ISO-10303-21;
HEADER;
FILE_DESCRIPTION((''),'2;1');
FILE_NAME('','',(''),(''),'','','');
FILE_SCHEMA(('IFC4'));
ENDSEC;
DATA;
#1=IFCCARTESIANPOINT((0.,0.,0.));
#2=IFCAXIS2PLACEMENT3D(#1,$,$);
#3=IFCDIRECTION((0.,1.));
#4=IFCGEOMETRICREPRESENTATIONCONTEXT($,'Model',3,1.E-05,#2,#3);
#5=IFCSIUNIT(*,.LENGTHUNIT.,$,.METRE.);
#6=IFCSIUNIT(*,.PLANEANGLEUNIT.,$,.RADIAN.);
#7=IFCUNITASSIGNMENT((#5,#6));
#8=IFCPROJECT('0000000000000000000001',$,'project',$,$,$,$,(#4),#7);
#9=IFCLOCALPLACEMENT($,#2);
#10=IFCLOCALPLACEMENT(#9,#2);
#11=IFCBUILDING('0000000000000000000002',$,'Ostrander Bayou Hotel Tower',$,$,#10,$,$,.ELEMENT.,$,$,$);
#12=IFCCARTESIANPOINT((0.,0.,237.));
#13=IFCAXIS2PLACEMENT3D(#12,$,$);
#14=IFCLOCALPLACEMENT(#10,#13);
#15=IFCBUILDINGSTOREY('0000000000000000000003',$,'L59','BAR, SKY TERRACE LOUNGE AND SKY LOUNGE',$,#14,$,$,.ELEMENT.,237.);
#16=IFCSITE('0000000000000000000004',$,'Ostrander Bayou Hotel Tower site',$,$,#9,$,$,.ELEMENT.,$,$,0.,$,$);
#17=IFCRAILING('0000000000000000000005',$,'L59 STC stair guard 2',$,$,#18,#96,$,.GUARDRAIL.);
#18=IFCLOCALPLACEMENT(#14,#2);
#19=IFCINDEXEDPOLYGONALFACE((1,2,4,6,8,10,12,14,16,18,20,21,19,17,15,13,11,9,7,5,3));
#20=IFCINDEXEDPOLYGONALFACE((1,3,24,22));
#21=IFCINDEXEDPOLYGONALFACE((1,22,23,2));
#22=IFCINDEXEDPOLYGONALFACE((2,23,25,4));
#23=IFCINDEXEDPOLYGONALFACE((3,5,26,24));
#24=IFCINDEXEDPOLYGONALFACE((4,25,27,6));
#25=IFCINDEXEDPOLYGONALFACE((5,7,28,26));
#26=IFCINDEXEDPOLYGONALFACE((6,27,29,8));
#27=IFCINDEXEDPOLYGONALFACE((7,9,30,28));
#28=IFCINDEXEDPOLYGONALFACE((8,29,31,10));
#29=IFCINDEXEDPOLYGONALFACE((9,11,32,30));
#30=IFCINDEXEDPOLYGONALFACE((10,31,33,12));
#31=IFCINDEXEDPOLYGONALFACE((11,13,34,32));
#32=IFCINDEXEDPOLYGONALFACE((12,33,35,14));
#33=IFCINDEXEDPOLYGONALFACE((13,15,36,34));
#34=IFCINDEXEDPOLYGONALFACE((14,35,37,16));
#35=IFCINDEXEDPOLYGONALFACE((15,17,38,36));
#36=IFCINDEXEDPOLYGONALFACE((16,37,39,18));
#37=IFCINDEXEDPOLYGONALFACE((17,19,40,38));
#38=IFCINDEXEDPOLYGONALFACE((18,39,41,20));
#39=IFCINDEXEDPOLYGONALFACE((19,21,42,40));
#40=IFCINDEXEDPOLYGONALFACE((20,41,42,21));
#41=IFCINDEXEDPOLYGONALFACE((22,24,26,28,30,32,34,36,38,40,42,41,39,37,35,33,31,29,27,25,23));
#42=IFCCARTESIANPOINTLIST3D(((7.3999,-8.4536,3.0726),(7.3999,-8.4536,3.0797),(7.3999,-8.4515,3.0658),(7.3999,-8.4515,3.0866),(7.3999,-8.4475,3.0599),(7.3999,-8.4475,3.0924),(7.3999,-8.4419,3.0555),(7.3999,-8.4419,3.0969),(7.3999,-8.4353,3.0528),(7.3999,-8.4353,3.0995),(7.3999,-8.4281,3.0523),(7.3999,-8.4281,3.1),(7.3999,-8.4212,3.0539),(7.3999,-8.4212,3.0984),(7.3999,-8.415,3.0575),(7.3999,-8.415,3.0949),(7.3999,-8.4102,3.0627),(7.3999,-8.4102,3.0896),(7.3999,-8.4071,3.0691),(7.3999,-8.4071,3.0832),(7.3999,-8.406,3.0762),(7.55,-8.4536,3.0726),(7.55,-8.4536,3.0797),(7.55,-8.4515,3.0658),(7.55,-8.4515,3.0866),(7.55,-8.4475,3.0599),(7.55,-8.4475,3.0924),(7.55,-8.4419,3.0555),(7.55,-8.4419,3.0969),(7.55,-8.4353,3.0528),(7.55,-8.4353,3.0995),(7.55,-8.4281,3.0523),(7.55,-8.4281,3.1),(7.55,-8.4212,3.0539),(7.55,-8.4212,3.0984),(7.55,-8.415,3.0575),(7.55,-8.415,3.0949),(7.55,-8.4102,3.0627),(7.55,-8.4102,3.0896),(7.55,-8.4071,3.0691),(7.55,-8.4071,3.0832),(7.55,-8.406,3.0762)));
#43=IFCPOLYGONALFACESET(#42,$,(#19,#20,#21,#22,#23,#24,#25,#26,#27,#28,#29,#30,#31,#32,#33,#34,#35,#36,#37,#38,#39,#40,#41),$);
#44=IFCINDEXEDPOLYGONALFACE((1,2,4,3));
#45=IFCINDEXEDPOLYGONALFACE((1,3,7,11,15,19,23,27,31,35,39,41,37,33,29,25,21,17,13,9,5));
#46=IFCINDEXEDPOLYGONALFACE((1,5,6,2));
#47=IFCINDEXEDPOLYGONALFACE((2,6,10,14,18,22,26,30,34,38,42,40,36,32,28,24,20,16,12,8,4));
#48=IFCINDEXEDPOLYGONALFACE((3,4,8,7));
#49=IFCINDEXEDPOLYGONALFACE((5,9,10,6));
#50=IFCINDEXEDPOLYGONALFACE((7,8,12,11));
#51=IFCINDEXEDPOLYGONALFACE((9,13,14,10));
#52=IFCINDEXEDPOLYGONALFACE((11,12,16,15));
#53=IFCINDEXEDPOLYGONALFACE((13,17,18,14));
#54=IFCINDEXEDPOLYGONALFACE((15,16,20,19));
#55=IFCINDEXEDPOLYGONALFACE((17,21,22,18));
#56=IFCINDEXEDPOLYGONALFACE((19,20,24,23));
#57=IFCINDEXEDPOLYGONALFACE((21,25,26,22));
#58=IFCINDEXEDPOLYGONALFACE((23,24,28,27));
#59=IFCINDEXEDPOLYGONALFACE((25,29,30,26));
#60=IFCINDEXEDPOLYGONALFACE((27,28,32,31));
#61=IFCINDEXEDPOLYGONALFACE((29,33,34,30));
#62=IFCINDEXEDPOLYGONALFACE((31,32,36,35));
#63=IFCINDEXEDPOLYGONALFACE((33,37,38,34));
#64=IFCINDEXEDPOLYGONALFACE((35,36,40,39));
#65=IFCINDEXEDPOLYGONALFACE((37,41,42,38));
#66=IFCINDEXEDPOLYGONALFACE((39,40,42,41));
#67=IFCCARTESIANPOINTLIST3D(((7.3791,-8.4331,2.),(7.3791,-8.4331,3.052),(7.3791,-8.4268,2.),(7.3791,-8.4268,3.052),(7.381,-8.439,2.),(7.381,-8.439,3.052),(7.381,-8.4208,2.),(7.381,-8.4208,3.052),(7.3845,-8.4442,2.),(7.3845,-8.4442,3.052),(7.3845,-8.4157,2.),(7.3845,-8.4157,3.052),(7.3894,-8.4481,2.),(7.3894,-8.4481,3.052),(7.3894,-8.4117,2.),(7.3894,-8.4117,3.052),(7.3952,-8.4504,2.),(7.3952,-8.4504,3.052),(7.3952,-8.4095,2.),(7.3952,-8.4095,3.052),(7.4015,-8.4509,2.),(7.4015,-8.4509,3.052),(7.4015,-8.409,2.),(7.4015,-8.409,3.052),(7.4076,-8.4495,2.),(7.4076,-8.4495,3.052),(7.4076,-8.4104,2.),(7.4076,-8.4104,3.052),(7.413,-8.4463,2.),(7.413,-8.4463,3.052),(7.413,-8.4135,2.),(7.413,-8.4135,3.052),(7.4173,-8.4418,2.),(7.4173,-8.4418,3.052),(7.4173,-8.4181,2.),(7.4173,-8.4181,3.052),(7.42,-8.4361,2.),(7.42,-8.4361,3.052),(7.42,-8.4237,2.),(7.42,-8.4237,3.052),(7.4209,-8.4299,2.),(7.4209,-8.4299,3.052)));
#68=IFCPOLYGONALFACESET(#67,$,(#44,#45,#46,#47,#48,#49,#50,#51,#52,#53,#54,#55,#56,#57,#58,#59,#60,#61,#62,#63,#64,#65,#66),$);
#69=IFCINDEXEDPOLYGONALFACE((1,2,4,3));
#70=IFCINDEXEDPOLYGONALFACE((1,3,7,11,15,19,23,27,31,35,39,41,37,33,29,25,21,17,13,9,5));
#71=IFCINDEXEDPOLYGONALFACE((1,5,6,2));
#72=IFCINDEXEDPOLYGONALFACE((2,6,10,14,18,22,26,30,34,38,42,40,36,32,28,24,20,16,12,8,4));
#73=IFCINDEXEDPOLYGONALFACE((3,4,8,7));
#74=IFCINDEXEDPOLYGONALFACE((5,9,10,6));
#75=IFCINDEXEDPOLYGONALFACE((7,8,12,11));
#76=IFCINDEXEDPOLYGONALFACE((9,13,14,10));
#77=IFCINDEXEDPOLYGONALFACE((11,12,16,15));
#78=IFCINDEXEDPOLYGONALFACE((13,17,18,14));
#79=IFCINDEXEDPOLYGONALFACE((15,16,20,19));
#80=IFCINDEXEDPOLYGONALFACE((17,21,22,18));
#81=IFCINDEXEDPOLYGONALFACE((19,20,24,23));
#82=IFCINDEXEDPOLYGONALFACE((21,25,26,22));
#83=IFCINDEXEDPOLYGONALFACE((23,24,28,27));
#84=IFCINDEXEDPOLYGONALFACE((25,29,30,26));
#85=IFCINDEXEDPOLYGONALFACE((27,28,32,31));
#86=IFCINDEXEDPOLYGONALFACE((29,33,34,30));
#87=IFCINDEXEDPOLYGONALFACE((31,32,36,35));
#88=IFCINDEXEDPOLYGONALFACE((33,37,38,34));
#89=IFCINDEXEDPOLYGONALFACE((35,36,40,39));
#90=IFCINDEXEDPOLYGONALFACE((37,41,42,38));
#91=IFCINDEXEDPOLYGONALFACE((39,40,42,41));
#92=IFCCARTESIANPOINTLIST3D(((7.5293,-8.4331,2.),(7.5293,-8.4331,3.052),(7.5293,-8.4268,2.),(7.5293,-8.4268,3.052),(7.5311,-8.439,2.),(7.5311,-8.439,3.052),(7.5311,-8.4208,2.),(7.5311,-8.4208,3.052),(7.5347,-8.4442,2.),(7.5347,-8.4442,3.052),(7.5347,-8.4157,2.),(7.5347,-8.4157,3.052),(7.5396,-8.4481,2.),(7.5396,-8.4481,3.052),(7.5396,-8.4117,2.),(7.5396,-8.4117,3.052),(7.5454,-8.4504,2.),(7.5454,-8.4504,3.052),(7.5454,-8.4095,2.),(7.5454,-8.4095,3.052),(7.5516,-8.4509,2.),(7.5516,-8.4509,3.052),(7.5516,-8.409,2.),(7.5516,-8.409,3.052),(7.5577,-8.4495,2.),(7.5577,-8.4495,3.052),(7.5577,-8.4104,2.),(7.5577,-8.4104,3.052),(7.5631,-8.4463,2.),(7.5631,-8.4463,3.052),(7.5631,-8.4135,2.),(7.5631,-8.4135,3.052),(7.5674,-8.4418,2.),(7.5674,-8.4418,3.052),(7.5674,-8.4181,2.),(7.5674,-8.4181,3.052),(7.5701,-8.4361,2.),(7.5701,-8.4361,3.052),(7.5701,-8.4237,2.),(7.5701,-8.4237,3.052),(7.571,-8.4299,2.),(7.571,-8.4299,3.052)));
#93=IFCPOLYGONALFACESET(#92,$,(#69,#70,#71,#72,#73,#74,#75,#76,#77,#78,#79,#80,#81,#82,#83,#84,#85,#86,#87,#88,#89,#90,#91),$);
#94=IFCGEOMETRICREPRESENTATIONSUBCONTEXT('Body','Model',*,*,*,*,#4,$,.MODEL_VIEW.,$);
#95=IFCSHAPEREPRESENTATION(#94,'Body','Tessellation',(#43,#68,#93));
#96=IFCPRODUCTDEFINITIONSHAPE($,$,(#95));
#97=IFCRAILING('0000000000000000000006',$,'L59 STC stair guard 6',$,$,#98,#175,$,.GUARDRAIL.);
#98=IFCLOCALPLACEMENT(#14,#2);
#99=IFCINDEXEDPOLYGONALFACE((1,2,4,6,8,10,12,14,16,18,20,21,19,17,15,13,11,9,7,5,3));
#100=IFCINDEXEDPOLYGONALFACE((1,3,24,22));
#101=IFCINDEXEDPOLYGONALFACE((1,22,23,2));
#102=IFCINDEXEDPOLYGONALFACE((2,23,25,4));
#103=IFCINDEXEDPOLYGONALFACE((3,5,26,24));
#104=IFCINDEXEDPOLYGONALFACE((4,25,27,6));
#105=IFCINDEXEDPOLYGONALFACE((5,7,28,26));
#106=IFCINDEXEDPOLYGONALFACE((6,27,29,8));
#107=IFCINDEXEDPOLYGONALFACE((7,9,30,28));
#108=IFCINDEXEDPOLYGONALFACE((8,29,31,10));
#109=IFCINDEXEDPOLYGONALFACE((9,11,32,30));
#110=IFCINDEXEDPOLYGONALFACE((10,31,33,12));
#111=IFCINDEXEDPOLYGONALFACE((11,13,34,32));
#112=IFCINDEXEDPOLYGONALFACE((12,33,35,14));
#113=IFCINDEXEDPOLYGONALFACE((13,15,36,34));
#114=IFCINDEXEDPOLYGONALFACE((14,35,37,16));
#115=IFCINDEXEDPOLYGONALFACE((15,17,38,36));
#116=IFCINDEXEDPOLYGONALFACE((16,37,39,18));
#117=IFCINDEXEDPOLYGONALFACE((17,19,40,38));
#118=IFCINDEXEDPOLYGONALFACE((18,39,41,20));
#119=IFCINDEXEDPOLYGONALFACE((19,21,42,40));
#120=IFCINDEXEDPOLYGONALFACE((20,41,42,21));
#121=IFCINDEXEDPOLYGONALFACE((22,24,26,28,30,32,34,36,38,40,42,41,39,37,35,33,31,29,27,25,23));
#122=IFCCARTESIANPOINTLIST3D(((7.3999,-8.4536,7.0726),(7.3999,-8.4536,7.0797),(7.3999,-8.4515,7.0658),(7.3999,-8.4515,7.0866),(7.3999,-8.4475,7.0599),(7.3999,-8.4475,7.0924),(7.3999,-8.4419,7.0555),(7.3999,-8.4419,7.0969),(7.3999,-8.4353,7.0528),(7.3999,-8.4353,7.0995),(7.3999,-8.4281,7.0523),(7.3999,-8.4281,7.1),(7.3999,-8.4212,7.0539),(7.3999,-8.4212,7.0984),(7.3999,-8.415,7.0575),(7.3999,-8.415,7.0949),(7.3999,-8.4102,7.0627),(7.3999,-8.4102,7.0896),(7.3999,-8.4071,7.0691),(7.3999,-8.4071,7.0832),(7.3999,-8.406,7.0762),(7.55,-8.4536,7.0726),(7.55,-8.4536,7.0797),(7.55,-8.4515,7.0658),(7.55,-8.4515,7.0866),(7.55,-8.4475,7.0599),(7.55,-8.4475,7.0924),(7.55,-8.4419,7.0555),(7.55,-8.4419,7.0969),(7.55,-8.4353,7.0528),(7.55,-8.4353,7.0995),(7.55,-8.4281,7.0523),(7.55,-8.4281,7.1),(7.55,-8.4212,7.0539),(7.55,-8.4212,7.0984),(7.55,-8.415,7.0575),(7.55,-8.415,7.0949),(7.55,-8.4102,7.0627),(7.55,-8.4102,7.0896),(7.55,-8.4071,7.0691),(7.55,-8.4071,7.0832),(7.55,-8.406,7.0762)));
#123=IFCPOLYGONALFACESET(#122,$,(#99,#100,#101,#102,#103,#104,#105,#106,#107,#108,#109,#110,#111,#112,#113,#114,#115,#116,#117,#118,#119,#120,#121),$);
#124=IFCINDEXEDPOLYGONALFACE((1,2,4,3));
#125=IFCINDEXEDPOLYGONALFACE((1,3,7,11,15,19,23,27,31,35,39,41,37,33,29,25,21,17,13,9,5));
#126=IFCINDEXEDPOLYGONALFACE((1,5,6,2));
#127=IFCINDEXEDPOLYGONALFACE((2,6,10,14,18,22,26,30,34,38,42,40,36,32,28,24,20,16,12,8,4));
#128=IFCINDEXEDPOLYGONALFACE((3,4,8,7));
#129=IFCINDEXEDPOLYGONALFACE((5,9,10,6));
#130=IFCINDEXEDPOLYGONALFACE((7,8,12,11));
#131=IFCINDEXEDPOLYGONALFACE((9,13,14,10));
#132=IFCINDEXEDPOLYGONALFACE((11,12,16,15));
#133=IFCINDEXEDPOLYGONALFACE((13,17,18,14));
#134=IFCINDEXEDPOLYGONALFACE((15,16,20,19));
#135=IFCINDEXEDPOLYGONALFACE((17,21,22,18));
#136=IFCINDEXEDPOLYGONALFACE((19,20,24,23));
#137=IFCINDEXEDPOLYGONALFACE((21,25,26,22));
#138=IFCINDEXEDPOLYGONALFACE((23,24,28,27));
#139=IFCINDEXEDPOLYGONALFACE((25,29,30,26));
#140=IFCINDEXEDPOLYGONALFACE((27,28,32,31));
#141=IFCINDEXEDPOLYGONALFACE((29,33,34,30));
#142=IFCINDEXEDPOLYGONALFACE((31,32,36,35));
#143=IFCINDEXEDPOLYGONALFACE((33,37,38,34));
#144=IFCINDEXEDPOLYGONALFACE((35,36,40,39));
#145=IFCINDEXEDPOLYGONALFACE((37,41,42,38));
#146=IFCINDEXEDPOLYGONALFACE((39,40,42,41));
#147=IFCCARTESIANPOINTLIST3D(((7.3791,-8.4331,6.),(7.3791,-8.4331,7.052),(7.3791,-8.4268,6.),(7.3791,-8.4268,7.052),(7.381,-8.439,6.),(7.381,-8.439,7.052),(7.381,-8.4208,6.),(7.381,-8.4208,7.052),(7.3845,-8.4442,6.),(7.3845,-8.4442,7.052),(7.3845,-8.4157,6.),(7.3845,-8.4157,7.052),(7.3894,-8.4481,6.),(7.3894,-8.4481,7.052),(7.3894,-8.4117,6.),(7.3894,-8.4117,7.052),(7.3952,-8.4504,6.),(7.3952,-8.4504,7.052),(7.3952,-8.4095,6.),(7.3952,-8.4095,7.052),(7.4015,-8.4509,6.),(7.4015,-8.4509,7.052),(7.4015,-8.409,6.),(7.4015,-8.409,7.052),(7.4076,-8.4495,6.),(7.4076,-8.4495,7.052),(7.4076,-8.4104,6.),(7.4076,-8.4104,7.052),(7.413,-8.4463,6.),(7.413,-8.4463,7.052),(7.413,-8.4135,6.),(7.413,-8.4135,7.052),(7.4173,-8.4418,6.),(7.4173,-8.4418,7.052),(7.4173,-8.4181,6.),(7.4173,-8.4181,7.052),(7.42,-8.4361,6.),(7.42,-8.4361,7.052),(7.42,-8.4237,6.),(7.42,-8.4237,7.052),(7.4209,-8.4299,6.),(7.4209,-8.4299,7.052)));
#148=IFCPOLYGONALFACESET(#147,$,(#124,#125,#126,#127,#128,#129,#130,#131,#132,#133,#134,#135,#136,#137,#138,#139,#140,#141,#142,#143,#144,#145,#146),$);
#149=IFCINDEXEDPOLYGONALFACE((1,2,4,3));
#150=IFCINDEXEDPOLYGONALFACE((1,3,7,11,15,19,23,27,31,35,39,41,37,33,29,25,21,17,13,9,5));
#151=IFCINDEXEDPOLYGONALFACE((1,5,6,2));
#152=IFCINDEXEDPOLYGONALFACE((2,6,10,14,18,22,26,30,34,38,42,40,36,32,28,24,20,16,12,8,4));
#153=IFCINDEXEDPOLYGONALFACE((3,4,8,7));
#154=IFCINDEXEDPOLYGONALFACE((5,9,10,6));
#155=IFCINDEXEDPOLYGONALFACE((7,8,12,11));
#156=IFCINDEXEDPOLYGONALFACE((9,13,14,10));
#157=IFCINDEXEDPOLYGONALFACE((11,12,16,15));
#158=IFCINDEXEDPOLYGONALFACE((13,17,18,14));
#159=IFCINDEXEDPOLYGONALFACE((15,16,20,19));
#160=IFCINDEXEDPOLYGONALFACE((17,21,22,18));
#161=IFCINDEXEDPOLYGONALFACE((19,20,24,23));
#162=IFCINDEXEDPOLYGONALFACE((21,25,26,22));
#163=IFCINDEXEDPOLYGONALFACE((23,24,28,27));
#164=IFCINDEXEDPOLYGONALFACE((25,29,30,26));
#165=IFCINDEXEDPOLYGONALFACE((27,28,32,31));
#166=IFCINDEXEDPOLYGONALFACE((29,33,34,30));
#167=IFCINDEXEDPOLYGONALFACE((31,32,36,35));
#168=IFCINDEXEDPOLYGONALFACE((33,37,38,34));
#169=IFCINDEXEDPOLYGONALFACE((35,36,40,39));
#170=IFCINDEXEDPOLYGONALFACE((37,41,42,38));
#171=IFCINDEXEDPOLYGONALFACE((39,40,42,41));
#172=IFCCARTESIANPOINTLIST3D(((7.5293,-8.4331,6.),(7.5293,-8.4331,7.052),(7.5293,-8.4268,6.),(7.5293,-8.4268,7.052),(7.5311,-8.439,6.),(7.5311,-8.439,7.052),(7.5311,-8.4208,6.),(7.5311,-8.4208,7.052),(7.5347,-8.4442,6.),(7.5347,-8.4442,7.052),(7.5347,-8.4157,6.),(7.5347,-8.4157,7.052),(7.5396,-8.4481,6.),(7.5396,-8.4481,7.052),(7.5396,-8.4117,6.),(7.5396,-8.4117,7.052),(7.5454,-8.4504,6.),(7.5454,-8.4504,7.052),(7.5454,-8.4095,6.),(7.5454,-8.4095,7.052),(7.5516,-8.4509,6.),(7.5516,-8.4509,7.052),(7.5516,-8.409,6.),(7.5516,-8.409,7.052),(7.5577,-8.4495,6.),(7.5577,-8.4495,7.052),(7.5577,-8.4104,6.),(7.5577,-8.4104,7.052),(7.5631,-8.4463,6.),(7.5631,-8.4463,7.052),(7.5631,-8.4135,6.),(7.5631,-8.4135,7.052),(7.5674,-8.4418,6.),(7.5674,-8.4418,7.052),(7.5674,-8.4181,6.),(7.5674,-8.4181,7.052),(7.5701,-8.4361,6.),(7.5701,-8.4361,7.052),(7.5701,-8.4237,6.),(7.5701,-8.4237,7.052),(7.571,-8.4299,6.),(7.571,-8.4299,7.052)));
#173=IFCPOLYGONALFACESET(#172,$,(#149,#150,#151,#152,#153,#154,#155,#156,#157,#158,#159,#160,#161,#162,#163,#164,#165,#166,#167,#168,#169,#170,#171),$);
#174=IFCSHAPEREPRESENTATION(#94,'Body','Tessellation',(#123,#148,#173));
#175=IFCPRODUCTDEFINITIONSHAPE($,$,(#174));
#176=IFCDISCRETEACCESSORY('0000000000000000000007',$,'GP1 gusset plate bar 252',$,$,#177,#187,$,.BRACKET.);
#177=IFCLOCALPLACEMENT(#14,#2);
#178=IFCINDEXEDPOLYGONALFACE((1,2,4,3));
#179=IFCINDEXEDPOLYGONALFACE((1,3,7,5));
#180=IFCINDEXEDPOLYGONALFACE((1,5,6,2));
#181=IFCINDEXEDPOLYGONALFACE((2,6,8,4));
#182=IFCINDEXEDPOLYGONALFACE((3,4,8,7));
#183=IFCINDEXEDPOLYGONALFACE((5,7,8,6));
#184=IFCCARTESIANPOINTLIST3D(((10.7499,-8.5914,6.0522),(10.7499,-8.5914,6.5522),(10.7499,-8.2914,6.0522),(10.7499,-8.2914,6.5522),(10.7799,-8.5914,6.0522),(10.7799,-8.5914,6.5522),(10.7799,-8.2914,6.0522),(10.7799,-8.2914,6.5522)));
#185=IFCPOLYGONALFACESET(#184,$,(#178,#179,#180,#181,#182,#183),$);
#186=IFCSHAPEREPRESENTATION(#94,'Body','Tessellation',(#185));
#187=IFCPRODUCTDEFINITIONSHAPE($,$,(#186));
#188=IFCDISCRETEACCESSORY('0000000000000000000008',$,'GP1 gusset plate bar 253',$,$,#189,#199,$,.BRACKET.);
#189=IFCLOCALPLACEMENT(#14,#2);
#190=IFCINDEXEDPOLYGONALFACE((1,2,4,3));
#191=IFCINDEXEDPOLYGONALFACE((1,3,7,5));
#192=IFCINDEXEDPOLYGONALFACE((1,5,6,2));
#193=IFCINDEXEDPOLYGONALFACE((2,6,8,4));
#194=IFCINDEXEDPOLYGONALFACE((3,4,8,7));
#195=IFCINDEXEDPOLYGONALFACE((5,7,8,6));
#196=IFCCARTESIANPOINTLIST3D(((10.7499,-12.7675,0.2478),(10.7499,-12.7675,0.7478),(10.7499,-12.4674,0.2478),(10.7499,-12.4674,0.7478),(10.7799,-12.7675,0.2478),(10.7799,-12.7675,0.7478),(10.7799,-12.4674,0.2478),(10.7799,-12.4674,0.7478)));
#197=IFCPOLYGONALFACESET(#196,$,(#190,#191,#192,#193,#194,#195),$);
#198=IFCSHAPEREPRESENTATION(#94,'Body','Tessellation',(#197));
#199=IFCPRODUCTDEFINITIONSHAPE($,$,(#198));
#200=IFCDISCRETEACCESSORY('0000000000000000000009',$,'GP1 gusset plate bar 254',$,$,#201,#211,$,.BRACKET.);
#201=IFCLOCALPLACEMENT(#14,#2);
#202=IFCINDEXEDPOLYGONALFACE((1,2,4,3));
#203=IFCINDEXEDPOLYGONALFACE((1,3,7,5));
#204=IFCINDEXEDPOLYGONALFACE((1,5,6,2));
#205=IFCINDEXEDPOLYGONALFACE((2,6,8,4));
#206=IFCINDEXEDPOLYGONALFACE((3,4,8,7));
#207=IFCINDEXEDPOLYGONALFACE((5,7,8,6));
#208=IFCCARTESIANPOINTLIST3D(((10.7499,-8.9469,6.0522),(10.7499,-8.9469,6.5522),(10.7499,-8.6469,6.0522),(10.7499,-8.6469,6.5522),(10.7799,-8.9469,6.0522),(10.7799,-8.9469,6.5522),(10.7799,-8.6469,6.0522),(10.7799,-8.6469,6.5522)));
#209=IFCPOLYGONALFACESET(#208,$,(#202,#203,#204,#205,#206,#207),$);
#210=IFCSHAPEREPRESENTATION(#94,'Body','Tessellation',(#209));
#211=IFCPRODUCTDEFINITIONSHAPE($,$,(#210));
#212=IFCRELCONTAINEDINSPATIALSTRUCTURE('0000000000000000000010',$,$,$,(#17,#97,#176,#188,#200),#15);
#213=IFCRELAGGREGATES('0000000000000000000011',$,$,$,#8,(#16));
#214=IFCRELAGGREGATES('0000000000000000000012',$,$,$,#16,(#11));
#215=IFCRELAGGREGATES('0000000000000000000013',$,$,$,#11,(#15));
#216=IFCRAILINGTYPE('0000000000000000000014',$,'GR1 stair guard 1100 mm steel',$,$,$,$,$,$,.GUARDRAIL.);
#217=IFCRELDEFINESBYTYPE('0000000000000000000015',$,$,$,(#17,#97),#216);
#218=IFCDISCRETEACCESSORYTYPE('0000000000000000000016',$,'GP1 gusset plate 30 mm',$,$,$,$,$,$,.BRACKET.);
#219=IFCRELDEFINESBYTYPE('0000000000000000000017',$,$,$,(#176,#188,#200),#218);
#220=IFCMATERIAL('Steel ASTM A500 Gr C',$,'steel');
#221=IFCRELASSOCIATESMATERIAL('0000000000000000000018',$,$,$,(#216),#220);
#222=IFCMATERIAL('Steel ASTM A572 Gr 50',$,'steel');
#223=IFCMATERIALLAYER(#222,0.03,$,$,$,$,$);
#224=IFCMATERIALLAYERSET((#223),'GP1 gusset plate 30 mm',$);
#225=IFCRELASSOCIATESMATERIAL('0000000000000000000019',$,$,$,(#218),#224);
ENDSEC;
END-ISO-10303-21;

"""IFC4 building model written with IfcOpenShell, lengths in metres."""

from ifc_helpers import new_model, si_unit, direction, frame, origin, origin_2d, place, context, subcontext, project, spatial, rectangle, circle, extrude, material, layer, layer_set, type_object, element, save


model = new_model("IFC4")

# Units and contexts
model_context = context("Model", 3, precision=1e-05, world=origin(), true_north=direction((0.0, 1.0)))
body_context = subcontext(model_context, "Body", "Model", "MODEL_VIEW")
ifc_project = project(units=[si_unit("LENGTHUNIT", "METRE"), si_unit("PLANEANGLEUNIT", "RADIAN")], contexts=[model_context])

# Site, building, storey
site_placement = place(None, origin())
site = spatial("IfcSite", under=ifc_project, at=site_placement, Name="Ostrander Bayou Hotel Tower site", CompositionType="ELEMENT", RefElevation=0.0)
building_placement = place(site_placement, origin())
building = spatial("IfcBuilding", under=site, at=building_placement, Name="Ostrander Bayou Hotel Tower", CompositionType="ELEMENT")
storey_placement = place(building_placement, frame((0.0, 0.0, 237.0)))
storey = spatial("IfcBuildingStorey", under=building, at=storey_placement, Name="L59", Description="BAR, SKY TERRACE LOUNGE AND SKY LOUNGE", CompositionType="ELEMENT", Elevation=237.0)

# Railings
ifc_material_1 = material(Name="Steel ASTM A500 Gr C", Category="steel")
railing_type_1 = type_object("IfcRailingType", Name="GR1 stair guard 1100 mm steel", PredefinedType="GUARDRAIL", material=ifc_material_1)
for number, where, name in (
    (1, (7.3999, -8.4299, 2.0), "L59 STC stair guard 2"),
    (2, (7.3999, -8.4299, 6.0), "L59 STC stair guard 6"),
):
    element("IfcRailing", number, at=place(storey_placement, frame(where)), inside=storey, type_object=railing_type_1, Name=name, PredefinedType="GUARDRAIL", context=body_context, shape_type="SweptSolid", body=[
        extrude(circle(Radius=0.0239, at=origin_2d()), frame((0.0, 0.0, 1.0762), z_axis=(1.0, 0.0, 0.0), x_axis=(0.0, 1.0, 0.0)), (0.0, 0.0, 1.0), 0.1501),
        extrude(circle(Radius=0.021, at=origin_2d()), origin(), (0.0, 0.0, 1.0), 1.052),
        extrude(circle(Radius=0.021, at=origin_2d()), frame((0.1501, 0.0, 0.0)), (0.0, 0.0, 1.0), 1.052),
    ])

# Discrete accessories
ifc_material_2 = material(Name="Steel ASTM A572 Gr 50", Category="steel")
ifc_layer_1 = layer(ifc_material_2, 0.03)
ifc_layer_set_1 = layer_set([ifc_layer_1], Name="GP1 gusset plate 30 mm")
discrete_accessory_type = type_object("IfcDiscreteAccessoryType", Name="GP1 gusset plate 30 mm", PredefinedType="BRACKET", material=ifc_layer_set_1)
for number, where, z_axis, x_axis, name in (
    (3, (10.7649, -8.4414, 6.0522), (0.0, 0.0, 1.0), (0.0, -1.0, 0.0), "GP1 gusset plate bar 252"),
    (4, (10.7649, -12.6174, 0.2478), (0.0, 0.0, 1.0), (0.0, 1.0, 0.0), "GP1 gusset plate bar 253"),
    (5, (10.7649, -8.7969, 6.0522), (0.0, 0.0, 1.0), (0.0, 1.0, 0.0), "GP1 gusset plate bar 254"),
):
    element("IfcDiscreteAccessory", number, at=place(storey_placement, frame(where, z_axis=z_axis, x_axis=x_axis)), inside=storey, type_object=discrete_accessory_type, Name=name, PredefinedType="BRACKET", context=body_context, shape_type="SweptSolid", body=[
        extrude(rectangle(XDim=0.3, YDim=0.03, at=origin_2d()), origin(), (0.0, 0.0, 1.0), 0.5),
    ])

save(model, "model.ifc")
